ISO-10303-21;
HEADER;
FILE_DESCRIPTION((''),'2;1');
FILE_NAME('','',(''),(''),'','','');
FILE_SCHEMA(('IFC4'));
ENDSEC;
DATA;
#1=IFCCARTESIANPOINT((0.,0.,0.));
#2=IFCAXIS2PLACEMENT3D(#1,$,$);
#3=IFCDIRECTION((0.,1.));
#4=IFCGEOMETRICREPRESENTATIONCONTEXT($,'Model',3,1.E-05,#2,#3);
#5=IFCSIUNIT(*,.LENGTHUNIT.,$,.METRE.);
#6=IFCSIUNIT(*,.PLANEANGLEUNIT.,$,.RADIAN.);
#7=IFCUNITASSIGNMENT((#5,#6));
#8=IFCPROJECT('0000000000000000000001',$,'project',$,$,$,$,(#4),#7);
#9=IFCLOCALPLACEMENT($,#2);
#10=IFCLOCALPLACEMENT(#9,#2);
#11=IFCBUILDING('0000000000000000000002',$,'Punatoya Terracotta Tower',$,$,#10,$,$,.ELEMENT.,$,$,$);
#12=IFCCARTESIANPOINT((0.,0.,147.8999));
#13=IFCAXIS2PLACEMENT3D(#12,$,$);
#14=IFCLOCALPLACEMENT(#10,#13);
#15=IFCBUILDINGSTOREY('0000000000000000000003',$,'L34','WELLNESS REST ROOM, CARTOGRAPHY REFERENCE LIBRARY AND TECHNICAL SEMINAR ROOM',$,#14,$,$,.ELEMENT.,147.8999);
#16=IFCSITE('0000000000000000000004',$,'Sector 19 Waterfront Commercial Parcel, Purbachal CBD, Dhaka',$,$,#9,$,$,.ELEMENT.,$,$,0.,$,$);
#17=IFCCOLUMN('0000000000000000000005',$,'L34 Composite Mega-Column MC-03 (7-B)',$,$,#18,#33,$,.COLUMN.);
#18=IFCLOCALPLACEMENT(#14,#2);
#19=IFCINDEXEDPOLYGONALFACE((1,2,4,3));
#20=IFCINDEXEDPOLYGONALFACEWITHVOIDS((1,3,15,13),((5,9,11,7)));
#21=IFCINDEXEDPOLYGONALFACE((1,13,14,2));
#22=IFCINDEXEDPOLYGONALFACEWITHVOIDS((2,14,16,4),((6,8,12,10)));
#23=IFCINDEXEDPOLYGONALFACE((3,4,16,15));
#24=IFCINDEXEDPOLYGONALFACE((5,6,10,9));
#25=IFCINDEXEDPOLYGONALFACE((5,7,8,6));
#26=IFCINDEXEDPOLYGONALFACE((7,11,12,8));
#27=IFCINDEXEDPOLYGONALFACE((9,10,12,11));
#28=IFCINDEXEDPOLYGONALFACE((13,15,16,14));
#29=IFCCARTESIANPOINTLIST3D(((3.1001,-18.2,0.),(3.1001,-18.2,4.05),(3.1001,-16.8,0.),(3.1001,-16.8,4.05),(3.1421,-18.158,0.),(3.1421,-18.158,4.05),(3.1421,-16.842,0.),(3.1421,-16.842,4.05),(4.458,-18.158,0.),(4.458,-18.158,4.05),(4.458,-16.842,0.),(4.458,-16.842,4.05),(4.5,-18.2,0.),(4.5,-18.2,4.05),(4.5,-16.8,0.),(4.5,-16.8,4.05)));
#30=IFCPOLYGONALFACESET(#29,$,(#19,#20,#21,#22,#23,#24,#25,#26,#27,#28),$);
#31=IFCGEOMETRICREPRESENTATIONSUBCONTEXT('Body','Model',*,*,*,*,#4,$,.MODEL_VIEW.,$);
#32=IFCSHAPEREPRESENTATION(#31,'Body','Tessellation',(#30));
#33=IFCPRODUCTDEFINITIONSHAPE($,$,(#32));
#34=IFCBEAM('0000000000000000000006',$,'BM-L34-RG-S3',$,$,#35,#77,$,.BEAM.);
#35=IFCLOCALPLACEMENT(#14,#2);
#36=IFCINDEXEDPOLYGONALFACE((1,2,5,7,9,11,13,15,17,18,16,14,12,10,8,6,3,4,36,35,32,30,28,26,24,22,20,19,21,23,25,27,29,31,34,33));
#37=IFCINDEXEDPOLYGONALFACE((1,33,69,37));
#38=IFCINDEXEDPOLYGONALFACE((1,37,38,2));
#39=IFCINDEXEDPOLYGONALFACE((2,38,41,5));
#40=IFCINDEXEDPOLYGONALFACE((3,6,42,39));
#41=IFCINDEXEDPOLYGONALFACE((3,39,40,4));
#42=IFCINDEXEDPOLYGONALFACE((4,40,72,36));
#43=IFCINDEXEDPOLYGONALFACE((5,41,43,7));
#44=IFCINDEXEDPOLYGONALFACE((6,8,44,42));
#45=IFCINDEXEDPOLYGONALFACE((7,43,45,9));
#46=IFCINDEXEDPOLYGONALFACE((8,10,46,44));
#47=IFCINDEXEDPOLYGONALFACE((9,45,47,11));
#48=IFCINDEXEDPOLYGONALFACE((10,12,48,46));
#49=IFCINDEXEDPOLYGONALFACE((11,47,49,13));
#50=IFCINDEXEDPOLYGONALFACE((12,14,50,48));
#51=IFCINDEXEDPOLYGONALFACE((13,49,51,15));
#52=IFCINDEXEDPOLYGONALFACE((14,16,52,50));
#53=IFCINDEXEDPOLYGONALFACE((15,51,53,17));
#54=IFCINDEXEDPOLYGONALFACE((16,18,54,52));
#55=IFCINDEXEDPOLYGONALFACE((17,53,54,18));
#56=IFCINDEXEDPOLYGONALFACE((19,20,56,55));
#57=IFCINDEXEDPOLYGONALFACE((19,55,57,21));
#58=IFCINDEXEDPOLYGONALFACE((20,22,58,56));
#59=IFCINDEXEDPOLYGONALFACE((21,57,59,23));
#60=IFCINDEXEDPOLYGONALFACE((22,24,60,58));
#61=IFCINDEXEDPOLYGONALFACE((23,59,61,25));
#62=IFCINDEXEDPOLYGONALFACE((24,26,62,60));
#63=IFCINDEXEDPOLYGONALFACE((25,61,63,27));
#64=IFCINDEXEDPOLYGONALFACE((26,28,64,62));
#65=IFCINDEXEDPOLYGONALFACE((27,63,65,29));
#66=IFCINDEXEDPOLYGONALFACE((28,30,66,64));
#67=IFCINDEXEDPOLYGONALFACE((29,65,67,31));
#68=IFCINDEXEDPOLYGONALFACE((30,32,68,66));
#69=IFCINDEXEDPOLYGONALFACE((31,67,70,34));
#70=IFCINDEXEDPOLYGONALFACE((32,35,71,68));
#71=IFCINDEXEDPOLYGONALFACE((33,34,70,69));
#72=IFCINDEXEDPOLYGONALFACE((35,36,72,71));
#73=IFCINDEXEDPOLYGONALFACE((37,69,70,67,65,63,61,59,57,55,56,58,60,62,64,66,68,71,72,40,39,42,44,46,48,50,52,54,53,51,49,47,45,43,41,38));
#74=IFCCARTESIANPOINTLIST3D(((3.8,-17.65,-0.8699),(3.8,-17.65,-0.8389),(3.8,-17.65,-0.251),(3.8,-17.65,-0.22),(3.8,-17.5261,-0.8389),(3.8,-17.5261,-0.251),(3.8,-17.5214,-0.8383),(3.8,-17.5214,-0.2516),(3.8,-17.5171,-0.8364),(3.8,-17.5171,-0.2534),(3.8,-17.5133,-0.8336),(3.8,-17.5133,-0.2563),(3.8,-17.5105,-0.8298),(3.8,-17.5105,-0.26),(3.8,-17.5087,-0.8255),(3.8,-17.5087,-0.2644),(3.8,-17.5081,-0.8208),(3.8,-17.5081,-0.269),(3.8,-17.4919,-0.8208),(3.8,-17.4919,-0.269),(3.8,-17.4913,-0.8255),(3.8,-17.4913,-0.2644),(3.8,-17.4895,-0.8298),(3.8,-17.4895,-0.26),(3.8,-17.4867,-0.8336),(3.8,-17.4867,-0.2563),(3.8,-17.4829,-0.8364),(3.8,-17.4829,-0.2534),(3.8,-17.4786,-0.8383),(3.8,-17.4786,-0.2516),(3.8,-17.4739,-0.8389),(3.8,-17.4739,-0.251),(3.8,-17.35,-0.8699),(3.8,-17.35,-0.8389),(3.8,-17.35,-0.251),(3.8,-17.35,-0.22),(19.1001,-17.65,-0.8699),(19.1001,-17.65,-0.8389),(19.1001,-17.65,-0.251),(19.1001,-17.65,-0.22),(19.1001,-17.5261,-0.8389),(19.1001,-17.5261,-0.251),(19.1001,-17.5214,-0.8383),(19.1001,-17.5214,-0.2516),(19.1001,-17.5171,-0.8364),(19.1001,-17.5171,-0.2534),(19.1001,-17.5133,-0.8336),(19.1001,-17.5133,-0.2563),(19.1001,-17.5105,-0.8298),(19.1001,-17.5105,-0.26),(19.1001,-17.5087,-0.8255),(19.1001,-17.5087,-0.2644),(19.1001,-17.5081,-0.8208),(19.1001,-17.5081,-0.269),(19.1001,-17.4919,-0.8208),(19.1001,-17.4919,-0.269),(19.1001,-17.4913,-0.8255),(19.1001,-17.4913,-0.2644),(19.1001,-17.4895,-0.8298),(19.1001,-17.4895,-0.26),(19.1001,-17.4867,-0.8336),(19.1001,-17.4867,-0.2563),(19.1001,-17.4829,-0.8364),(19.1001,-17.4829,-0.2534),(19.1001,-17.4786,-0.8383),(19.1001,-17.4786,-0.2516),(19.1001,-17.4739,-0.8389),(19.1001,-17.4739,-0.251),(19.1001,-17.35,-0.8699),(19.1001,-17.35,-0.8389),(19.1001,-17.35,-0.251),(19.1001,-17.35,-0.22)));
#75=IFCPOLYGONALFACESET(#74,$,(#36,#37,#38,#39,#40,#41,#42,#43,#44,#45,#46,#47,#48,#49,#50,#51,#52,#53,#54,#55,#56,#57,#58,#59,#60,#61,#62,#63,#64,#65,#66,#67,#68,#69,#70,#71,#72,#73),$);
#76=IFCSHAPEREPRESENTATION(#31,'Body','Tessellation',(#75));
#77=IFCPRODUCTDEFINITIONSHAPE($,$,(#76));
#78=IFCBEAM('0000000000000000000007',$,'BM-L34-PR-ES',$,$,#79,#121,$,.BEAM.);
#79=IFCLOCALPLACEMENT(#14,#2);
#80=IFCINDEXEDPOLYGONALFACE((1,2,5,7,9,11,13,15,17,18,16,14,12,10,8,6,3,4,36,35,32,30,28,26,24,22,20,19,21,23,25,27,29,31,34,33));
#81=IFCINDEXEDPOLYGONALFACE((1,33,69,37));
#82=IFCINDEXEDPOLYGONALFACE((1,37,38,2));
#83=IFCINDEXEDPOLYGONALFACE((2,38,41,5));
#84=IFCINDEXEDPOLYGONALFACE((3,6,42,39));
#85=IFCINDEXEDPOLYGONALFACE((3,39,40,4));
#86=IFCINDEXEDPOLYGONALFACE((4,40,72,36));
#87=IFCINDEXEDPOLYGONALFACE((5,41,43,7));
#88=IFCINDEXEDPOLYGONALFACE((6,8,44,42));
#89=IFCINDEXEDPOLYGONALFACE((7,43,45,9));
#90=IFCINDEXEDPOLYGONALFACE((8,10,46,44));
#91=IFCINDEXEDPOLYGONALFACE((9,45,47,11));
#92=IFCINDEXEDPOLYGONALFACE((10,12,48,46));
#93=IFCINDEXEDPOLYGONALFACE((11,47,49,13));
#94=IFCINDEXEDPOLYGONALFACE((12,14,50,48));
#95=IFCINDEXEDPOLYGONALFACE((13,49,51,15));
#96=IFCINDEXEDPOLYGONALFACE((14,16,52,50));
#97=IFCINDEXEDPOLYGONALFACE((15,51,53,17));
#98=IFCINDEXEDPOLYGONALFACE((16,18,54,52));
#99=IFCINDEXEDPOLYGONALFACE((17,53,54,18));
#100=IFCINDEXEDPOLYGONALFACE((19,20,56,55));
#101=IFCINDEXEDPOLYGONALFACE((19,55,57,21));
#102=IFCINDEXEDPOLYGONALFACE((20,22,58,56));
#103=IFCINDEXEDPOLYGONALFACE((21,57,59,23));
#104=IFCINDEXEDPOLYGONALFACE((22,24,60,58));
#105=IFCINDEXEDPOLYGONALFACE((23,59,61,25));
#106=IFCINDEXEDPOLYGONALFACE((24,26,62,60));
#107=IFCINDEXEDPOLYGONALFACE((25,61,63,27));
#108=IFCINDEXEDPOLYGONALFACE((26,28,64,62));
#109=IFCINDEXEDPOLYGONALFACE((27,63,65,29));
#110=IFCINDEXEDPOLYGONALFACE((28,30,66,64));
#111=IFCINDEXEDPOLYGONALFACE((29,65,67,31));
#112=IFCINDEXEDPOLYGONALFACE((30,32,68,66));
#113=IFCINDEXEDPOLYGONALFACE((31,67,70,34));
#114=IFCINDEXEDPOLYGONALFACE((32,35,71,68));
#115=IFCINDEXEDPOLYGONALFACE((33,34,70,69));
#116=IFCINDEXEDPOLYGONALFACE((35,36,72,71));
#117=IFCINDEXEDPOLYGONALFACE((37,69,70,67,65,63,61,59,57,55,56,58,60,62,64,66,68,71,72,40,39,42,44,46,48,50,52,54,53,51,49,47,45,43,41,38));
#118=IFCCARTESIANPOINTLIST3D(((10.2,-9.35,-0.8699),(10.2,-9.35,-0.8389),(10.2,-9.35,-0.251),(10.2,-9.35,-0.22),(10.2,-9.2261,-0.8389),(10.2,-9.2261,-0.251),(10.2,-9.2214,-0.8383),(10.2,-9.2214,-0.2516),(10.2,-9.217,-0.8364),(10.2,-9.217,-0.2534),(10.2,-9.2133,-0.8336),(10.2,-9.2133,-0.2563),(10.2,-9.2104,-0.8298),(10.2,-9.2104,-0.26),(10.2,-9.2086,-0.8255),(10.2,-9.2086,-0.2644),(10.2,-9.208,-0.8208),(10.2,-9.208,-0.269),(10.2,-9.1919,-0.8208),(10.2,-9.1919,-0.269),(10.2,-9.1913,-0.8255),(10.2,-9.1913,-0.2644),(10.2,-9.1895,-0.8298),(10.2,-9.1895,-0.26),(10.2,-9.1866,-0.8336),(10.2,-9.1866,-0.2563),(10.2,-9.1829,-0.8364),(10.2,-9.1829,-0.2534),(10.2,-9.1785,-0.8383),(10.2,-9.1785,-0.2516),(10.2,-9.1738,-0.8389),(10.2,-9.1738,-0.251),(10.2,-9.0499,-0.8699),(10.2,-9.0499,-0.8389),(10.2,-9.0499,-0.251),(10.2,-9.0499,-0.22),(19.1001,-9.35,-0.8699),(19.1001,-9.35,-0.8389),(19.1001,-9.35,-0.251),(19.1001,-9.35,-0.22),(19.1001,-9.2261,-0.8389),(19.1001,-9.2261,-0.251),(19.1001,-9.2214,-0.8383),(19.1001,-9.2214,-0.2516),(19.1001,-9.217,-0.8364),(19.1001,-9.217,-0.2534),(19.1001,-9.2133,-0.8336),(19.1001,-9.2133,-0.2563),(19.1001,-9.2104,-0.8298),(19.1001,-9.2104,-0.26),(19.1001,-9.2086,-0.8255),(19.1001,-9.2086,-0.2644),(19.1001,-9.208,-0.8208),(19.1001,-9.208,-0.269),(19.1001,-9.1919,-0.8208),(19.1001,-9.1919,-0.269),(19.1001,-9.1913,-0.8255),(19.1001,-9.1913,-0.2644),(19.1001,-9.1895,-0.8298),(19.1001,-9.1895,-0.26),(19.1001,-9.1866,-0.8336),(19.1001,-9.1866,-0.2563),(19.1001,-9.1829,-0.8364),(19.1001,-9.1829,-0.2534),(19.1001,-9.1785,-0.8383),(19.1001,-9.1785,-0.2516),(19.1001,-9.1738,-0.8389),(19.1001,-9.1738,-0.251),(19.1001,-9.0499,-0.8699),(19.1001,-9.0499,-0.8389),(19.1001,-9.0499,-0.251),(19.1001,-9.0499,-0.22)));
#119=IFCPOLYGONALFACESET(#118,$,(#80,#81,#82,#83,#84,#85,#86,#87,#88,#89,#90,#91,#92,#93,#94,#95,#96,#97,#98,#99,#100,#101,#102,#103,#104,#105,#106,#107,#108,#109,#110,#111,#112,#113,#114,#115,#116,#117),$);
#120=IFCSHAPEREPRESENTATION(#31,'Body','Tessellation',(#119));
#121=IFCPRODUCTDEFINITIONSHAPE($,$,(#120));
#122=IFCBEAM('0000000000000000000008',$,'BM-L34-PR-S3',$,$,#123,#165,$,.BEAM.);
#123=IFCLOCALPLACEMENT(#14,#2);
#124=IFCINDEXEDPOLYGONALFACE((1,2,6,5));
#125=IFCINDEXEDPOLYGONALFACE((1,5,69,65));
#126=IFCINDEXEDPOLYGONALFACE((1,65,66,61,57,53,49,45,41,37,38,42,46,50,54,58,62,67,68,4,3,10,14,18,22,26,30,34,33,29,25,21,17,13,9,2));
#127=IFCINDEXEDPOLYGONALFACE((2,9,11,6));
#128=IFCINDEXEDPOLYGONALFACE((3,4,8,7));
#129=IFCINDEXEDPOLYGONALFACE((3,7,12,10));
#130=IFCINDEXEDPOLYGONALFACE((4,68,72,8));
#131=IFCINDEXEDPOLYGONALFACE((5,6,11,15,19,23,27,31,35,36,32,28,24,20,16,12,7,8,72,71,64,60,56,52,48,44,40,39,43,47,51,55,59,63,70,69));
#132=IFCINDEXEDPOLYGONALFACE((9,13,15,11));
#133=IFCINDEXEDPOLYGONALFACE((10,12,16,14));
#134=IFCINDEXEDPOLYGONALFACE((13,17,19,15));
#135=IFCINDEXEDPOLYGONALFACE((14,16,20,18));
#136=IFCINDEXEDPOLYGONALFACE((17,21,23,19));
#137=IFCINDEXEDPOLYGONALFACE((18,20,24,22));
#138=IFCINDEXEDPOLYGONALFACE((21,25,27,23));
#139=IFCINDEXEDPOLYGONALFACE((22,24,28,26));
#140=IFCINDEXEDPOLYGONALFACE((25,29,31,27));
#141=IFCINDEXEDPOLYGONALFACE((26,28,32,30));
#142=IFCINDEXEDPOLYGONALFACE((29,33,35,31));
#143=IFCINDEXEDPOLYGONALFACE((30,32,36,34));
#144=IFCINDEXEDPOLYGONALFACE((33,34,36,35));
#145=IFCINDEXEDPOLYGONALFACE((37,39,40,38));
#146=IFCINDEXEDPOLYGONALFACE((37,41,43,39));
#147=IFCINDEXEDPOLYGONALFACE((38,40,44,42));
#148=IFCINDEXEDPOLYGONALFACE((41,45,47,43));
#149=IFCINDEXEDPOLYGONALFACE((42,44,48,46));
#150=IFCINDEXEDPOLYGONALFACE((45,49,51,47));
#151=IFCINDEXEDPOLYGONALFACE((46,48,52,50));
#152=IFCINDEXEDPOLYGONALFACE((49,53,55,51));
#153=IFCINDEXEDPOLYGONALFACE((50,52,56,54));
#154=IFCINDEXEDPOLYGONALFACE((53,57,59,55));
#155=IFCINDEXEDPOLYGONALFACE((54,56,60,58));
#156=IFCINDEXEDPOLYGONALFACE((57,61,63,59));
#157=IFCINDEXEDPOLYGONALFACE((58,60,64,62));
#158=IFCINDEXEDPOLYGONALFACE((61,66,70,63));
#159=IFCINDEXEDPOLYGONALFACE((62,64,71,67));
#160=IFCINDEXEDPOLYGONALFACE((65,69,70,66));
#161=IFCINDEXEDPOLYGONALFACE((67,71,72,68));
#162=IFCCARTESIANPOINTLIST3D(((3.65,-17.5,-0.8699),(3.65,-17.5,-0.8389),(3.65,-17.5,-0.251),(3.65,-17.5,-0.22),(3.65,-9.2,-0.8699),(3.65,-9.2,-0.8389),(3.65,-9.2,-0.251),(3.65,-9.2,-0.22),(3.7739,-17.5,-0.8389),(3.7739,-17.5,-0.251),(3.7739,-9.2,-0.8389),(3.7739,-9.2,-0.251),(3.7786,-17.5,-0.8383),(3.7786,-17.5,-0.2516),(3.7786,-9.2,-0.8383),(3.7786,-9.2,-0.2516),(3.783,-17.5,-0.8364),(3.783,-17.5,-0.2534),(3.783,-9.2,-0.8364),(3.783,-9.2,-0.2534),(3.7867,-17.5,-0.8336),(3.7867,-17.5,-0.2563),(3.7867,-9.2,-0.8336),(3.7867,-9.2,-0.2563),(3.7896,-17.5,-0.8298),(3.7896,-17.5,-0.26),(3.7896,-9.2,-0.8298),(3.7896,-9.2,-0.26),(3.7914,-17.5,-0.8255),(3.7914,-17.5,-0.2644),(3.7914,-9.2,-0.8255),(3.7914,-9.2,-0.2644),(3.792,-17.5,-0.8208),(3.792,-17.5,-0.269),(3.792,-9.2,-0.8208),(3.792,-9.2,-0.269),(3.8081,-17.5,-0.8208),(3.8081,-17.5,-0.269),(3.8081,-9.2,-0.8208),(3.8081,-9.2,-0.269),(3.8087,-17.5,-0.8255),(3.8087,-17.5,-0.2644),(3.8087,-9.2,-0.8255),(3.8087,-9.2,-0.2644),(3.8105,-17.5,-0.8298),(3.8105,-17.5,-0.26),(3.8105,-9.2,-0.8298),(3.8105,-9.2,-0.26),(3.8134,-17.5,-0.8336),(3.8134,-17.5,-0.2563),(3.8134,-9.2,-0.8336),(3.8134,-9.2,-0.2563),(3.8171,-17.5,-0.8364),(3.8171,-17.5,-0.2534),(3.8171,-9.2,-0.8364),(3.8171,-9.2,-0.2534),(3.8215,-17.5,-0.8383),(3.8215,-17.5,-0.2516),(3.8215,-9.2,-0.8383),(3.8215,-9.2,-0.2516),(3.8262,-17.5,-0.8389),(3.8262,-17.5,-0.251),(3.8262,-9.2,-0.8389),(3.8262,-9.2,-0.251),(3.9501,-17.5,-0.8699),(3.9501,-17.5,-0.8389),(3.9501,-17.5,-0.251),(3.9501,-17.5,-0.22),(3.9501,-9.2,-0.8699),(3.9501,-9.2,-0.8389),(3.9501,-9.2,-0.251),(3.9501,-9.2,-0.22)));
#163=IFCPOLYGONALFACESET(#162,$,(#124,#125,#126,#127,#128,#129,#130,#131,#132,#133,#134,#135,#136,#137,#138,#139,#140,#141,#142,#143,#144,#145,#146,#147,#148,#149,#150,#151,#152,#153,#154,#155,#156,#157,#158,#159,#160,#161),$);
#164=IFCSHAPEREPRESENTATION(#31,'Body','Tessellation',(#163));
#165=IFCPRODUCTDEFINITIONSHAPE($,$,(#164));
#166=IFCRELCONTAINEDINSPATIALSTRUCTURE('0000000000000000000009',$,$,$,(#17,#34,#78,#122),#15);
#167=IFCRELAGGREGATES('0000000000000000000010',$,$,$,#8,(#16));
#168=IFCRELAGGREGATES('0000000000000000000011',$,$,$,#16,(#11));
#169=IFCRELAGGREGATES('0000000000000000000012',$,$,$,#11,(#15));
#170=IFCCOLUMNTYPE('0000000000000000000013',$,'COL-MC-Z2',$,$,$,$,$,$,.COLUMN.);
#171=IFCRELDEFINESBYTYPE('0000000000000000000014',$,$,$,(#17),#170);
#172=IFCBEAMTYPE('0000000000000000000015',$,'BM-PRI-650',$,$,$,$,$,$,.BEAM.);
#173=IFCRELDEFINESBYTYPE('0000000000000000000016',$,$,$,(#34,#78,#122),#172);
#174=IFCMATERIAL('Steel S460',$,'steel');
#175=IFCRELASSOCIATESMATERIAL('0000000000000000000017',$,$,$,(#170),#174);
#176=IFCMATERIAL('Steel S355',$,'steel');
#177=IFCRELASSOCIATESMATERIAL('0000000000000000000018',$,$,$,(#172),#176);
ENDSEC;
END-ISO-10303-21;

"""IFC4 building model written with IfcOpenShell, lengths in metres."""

from ifc_helpers import new_model, si_unit, direction, frame, origin, origin_2d, place, context, subcontext, project, spatial, hollow_rectangle, i_section, extrude, material, material_profile, profile_set, type_object, element, save


model = new_model("IFC4")

# Units and contexts
model_context = context("Model", 3, precision=1e-05, world=origin(), true_north=direction((0.0, 1.0)))
body_context = subcontext(model_context, "Body", "Model", "MODEL_VIEW")
ifc_project = project(units=[si_unit("LENGTHUNIT", "METRE"), si_unit("PLANEANGLEUNIT", "RADIAN")], contexts=[model_context])

# Site, building, storey
site_placement = place(None, origin())
site = spatial("IfcSite", under=ifc_project, at=site_placement, Name="Sector 19 Waterfront Commercial Parcel, Purbachal CBD, Dhaka", CompositionType="ELEMENT", RefElevation=0.0)
building_placement = place(site_placement, origin())
building = spatial("IfcBuilding", under=site, at=building_placement, Name="Punatoya Terracotta Tower", CompositionType="ELEMENT")
storey_placement = place(building_placement, frame((0.0, 0.0, 147.8999)))
storey = spatial("IfcBuildingStorey", under=building, at=storey_placement, Name="L34", Description="WELLNESS REST ROOM, CARTOGRAPHY REFERENCE LIBRARY AND TECHNICAL SEMINAR ROOM", CompositionType="ELEMENT", Elevation=147.8999)

# Column
ifc_material_1 = material(Name="Steel S460", Category="steel")
ifc_material_profile_1 = material_profile(ifc_material_1, hollow_rectangle(XDim=1.3999, YDim=1.3999, WallThickness=0.042, at=origin_2d()))
ifc_profile_set_1 = profile_set([ifc_material_profile_1], Name="Steel S460")
column_type = type_object("IfcColumnType", Name="COL-MC-Z2", PredefinedType="COLUMN", material=ifc_profile_set_1)
column_placement = place(storey_placement, frame((3.8, -17.5, 0.0), z_axis=(0.0, 0.0, 1.0), x_axis=(1.0, 0.0, 0.0)))
element("IfcColumn", 1, at=column_placement, inside=storey, type_object=column_type, Name="L34 Composite Mega-Column MC-03 (7-B)", PredefinedType="COLUMN", context=body_context, shape_type="SweptSolid", body=[
    extrude(hollow_rectangle(XDim=1.3999, YDim=1.3999, WallThickness=0.042, at=origin_2d()), origin(), (0.0, 0.0, 1.0), 4.05),
])

# Beams
ifc_material_2 = material(Name="Steel S355", Category="steel")
ifc_material_profile_2 = material_profile(ifc_material_2, i_section(OverallWidth=0.3, OverallDepth=0.6499, WebThickness=0.0161, FlangeThickness=0.031, FilletRadius=0.0181, at=origin_2d()))
ifc_profile_set_2 = profile_set([ifc_material_profile_2], Name="Steel S355")
beam_type_1 = type_object("IfcBeamType", Name="BM-PRI-650", PredefinedType="BEAM", material=ifc_profile_set_2)
beam_1_placement = place(storey_placement, frame((3.8, -17.5, -0.5449), z_axis=(1.0, 0.0, 0.0), x_axis=(0.0, 1.0, 0.0)))
element("IfcBeam", 2, at=beam_1_placement, inside=storey, type_object=beam_type_1, Name="BM-L34-RG-S3", PredefinedType="BEAM", context=body_context, shape_type="SweptSolid", body=[
    extrude(i_section(OverallWidth=0.3, OverallDepth=0.6499, WebThickness=0.0161, FlangeThickness=0.031, FilletRadius=0.0181, at=origin_2d()), origin(), (0.0, 0.0, 1.0), 15.3),
])
beam_2_placement = place(storey_placement, frame((10.2, -9.2, -0.5449), z_axis=(1.0, 0.0, 0.0), x_axis=(0.0, 1.0, 0.0)))
element("IfcBeam", 3, at=beam_2_placement, inside=storey, type_object=beam_type_1, Name="BM-L34-PR-ES", PredefinedType="BEAM", context=body_context, shape_type="SweptSolid", body=[
    extrude(i_section(OverallWidth=0.3, OverallDepth=0.6499, WebThickness=0.0161, FlangeThickness=0.031, FilletRadius=0.0181, at=origin_2d()), origin(), (0.0, 0.0, 1.0), 8.9001),
])
for number, where, z_axis, x_axis, name in (
    (4, (3.8, -17.5, -0.5449), (0.0, 1.0, 0.0), (-1.0, 0.0, 0.0), "BM-L34-PR-S3"),
):
    element("IfcBeam", number, at=place(storey_placement, frame(where, z_axis=z_axis, x_axis=x_axis)), inside=storey, type_object=beam_type_1, Name=name, PredefinedType="BEAM", context=body_context, shape_type="SweptSolid", body=[
        extrude(i_section(OverallWidth=0.3, OverallDepth=0.6499, WebThickness=0.0161, FlangeThickness=0.031, FilletRadius=0.0181, at=origin_2d()), origin(), (0.0, 0.0, 1.0), 8.3),
    ])

save(model, "model.ifc")
